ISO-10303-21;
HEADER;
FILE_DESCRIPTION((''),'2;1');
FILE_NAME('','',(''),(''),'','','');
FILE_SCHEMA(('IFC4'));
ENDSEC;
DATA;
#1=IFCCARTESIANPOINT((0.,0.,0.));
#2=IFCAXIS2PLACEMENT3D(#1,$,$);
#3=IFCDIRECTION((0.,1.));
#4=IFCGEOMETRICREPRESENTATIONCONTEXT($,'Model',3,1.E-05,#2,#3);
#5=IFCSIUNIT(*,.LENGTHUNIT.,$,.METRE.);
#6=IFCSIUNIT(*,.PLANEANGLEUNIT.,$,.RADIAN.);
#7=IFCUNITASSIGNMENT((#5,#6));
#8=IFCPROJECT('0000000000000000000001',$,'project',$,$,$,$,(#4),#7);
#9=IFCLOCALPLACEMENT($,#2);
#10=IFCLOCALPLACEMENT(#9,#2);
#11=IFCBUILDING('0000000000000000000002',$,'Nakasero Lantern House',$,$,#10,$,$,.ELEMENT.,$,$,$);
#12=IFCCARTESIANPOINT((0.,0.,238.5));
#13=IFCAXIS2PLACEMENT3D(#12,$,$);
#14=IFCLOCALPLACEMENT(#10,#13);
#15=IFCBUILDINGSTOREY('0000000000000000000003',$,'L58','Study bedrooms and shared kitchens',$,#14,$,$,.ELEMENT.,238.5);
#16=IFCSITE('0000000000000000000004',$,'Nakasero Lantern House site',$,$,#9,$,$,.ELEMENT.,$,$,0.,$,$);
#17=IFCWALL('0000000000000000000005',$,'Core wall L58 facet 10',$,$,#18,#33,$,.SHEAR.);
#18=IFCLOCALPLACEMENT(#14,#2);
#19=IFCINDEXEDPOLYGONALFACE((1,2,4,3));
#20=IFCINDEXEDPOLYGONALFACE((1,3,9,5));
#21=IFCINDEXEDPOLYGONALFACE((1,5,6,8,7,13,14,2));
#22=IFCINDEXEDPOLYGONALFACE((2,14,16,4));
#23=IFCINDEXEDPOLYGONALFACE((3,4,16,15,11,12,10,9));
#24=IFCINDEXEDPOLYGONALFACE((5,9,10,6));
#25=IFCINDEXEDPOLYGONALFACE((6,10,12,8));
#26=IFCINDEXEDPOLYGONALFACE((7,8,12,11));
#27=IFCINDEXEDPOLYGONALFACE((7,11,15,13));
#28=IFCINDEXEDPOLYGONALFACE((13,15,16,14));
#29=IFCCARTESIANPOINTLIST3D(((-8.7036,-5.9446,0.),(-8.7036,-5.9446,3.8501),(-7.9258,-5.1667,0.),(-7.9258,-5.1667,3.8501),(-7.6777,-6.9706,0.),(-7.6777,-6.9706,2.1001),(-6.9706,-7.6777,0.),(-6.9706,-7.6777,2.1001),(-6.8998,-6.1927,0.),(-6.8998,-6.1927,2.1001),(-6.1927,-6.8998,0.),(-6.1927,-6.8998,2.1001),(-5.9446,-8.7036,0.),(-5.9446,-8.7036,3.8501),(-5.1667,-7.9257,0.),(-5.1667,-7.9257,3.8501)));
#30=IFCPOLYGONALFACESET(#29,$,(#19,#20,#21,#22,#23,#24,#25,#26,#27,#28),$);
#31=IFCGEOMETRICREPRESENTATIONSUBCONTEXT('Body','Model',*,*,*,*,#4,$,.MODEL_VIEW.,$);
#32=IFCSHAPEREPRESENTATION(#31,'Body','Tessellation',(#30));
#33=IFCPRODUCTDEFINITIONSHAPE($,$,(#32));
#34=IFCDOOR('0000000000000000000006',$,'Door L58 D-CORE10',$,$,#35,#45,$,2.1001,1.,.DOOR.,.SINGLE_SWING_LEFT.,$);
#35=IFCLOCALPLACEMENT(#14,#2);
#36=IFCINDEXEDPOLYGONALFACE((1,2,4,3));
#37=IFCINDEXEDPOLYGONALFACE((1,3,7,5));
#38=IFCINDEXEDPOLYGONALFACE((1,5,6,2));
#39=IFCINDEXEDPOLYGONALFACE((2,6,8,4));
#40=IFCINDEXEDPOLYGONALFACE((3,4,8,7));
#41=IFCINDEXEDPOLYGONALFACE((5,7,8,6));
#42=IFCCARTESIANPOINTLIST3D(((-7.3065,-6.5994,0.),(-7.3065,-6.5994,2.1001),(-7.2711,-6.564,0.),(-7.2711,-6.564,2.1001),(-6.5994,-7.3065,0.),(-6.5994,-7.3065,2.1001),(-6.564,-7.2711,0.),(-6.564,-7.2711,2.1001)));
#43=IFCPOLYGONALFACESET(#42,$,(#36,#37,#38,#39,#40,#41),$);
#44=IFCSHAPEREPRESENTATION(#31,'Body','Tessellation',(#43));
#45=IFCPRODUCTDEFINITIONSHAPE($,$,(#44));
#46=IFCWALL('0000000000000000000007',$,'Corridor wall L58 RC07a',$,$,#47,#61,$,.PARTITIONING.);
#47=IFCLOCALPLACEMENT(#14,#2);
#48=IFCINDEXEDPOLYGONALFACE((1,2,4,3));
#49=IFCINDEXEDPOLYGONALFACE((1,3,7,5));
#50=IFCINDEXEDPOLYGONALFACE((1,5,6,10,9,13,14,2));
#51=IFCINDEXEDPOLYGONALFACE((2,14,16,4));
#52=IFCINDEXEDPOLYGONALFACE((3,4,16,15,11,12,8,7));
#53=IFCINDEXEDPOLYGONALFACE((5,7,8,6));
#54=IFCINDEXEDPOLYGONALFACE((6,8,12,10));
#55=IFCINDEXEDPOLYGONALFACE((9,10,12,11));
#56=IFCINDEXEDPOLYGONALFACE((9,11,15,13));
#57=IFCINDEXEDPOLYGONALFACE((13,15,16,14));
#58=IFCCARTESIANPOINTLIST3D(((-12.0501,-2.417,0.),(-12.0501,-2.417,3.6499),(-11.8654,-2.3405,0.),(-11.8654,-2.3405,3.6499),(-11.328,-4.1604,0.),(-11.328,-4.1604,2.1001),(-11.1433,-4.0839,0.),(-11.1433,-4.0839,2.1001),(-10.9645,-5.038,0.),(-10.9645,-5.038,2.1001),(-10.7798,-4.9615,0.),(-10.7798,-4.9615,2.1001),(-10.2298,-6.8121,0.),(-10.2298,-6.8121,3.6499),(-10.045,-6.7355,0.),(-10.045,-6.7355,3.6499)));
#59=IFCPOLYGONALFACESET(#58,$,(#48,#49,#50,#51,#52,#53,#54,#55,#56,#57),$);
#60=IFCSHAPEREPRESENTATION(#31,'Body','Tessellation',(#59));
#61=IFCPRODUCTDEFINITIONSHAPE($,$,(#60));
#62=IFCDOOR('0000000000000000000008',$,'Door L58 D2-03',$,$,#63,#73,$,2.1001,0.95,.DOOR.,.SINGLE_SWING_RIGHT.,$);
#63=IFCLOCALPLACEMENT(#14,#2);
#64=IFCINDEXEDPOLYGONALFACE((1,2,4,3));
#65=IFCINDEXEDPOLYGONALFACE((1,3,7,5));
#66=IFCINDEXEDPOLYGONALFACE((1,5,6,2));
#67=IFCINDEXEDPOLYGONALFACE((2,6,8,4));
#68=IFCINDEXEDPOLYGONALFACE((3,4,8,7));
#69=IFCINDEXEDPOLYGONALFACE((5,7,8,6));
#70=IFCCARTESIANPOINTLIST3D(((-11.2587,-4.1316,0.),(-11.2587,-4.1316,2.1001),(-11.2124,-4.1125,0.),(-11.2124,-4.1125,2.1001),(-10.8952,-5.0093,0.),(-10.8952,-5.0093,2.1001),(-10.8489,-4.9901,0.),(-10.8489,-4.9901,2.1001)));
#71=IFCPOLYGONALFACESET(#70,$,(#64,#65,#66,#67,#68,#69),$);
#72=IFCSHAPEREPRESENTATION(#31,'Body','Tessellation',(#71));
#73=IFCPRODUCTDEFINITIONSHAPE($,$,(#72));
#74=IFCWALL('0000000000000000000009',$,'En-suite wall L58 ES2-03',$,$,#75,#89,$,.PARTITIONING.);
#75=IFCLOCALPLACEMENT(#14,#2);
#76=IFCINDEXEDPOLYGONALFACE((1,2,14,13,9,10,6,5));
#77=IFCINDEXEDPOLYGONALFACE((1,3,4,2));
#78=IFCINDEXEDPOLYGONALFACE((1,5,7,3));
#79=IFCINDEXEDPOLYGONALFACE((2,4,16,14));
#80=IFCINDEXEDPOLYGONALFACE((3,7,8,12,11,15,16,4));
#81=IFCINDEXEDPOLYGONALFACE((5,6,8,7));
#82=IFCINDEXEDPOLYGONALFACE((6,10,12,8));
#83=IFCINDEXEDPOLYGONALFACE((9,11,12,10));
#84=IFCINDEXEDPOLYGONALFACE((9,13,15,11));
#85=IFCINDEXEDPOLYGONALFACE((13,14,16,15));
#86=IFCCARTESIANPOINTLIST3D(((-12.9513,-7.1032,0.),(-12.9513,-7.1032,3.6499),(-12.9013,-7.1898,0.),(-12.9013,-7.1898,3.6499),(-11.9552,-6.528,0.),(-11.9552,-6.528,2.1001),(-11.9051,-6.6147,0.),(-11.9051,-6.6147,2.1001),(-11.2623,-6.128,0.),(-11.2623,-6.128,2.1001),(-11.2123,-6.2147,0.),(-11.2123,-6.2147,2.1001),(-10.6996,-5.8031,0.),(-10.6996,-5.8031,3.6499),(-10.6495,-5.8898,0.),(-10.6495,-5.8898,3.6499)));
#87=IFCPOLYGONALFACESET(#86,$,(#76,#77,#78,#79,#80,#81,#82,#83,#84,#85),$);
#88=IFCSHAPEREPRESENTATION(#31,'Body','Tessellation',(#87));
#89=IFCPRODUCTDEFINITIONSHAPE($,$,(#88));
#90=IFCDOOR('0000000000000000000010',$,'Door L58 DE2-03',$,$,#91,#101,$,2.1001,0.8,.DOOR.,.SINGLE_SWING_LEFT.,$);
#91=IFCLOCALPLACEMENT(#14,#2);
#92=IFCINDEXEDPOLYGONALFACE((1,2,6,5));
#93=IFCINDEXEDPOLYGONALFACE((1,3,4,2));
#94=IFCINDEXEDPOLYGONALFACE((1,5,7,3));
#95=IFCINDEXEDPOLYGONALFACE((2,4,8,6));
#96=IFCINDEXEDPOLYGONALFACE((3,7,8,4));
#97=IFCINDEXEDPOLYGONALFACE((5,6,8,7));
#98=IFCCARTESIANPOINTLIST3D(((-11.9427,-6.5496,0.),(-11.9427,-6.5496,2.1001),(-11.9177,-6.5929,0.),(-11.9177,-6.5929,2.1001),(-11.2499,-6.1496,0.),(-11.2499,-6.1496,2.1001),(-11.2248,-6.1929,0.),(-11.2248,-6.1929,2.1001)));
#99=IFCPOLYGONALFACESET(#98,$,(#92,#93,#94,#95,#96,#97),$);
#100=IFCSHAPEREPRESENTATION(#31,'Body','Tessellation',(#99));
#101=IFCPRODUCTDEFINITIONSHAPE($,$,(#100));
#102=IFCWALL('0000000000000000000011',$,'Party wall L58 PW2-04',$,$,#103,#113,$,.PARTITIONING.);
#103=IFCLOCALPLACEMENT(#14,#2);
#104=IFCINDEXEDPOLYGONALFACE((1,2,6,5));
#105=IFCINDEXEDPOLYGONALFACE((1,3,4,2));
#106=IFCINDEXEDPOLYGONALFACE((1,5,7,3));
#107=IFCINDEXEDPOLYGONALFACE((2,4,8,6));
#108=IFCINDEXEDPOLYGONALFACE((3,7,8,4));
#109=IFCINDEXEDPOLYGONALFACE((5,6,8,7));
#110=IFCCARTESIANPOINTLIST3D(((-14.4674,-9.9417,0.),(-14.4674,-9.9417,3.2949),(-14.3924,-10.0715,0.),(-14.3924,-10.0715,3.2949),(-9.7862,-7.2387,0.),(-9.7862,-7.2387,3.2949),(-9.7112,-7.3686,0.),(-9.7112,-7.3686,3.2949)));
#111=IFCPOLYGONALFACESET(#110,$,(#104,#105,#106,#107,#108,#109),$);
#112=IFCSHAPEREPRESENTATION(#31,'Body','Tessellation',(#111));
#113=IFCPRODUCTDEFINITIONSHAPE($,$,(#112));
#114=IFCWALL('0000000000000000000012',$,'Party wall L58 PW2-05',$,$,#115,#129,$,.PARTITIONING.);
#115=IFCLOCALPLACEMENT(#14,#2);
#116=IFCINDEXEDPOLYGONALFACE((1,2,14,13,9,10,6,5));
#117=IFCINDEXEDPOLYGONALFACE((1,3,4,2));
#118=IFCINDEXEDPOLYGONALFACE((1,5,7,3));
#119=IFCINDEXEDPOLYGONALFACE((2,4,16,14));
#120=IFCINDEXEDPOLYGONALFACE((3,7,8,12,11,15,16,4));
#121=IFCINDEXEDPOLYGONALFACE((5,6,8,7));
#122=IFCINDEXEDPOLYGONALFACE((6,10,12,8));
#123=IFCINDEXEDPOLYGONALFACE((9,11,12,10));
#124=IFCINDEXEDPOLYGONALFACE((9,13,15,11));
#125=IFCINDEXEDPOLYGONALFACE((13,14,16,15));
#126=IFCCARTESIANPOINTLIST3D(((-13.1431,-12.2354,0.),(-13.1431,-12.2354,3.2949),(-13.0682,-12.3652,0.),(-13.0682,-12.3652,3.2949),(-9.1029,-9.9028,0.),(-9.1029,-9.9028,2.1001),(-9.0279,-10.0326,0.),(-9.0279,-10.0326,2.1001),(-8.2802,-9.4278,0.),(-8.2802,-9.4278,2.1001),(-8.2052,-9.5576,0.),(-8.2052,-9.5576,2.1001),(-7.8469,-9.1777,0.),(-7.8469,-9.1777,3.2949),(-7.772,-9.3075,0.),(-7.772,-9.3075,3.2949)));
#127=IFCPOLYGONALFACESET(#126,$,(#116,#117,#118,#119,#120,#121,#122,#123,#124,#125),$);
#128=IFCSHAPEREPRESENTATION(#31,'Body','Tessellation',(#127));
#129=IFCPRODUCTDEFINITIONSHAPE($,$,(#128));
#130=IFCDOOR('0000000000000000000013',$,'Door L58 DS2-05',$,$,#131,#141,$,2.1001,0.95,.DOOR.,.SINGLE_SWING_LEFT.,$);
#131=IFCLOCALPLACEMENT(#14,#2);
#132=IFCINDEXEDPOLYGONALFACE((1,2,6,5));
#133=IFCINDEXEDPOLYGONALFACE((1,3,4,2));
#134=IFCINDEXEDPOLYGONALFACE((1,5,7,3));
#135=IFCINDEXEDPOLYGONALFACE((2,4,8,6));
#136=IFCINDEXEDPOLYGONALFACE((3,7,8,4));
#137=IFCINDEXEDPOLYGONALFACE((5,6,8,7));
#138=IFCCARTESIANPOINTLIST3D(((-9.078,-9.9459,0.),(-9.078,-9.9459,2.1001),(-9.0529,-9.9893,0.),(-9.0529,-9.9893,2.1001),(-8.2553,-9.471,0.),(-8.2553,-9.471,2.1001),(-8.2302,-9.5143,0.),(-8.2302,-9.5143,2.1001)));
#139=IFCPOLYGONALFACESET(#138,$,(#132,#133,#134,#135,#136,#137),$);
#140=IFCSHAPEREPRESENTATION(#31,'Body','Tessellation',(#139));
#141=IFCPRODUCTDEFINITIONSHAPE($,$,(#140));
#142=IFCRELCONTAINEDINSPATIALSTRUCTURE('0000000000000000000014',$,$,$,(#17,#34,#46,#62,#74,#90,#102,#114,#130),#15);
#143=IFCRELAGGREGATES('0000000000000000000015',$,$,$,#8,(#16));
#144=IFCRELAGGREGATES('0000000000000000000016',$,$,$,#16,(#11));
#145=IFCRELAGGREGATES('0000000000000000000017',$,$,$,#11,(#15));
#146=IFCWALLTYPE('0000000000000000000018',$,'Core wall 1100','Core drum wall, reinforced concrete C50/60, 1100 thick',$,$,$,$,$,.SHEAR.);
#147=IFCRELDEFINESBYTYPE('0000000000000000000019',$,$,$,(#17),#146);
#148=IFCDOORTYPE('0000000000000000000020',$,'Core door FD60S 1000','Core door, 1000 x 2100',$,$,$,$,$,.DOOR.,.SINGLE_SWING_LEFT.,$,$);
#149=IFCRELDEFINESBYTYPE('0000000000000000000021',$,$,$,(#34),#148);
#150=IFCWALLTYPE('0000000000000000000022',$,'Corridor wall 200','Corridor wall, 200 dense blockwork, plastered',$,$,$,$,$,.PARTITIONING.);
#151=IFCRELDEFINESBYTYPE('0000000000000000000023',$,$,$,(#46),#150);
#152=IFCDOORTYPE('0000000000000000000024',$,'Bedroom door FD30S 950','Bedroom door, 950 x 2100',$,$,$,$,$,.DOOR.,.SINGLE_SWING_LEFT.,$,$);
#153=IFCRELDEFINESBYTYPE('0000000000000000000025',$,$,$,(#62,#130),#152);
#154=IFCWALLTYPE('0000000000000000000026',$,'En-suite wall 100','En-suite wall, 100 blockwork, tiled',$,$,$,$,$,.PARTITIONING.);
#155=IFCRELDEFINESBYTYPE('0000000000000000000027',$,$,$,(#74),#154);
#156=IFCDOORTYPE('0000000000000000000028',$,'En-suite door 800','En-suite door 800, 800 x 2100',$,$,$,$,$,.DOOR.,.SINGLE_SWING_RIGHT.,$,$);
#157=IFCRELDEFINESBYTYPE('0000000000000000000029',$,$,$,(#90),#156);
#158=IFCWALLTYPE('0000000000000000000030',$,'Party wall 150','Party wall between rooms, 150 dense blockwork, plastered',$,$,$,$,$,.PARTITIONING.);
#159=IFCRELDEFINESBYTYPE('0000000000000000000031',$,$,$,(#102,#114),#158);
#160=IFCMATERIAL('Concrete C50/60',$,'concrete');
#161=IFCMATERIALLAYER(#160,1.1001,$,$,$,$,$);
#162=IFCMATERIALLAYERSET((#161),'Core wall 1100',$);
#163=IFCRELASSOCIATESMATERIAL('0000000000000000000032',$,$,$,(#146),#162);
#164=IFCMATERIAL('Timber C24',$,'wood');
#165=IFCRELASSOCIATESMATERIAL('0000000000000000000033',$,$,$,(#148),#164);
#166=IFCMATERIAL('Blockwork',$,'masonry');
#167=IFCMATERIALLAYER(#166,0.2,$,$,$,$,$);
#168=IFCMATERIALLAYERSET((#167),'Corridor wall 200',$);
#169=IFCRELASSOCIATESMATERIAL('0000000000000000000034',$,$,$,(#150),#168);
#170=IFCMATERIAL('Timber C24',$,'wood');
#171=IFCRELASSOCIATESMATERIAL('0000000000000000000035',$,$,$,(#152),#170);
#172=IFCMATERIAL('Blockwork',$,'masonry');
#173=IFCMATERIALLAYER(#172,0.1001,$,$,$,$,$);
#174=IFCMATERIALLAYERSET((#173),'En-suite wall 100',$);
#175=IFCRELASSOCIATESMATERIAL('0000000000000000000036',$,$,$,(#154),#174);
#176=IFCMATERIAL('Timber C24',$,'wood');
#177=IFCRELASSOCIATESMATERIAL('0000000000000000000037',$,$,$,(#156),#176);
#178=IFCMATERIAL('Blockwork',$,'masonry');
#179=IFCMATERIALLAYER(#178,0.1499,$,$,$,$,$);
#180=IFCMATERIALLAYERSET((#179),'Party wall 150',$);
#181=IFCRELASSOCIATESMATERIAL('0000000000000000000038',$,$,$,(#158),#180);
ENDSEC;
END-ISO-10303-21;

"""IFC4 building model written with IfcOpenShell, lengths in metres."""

from ifc_helpers import new_model, si_unit, direction, frame, frame_2d, origin, place, context, subcontext, project, spatial, rectangle, extrude, material, layer, layer_set, type_object, element, fill, save


model = new_model("IFC4")

# Units and contexts
model_context = context("Model", 3, precision=1e-05, world=origin(), true_north=direction((0.0, 1.0)))
body_context = subcontext(model_context, "Body", "Model", "MODEL_VIEW")
ifc_project = project(units=[si_unit("LENGTHUNIT", "METRE"), si_unit("PLANEANGLEUNIT", "RADIAN")], contexts=[model_context])

# Site, building, storey
site_placement = place(None, origin())
site = spatial("IfcSite", under=ifc_project, at=site_placement, Name="Nakasero Lantern House site", CompositionType="ELEMENT", RefElevation=0.0)
building_placement = place(site_placement, origin())
building = spatial("IfcBuilding", under=site, at=building_placement, Name="Nakasero Lantern House", CompositionType="ELEMENT")
storey_placement = place(building_placement, frame((0.0, 0.0, 238.5)))
storey = spatial("IfcBuildingStorey", under=building, at=storey_placement, Name="L58", Description="Study bedrooms and shared kitchens", CompositionType="ELEMENT", Elevation=238.5)

# Shared definitions
ifc_material_1 = material(Name="Concrete C50/60", Category="concrete")
ifc_layer_1 = layer(ifc_material_1, 1.1001)
ifc_layer_set_1 = layer_set([ifc_layer_1], Name="Core wall 1100")
wall_type_1 = type_object("IfcWallType", Name="Core wall 1100", Description="Core drum wall, reinforced concrete C50/60, 1100 thick", PredefinedType="SHEAR", material=ifc_layer_set_1)

# Walls, openings, doors
wall_1_placement = place(storey_placement, frame((-8.3147, -5.5557, 0.0), z_axis=(0.0, 0.0, 1.0), x_axis=(0.707107, -0.707107, 0.0)))
wall_1 = element("IfcWall", 1, at=wall_1_placement, inside=storey, type_object=wall_type_1, Name="Core wall L58 facet 10", PredefinedType="SHEAR", context=body_context, shape_type="SweptSolid", body=[
    extrude(rectangle(XDim=3.9019, YDim=1.1001, at=frame_2d((1.9509, 0.0))), origin(), (0.0, 0.0, 1.0), 3.8501),
])
opening_1_placement = place(wall_1_placement, frame((1.4509, 0.0, 0.0)))
opening_1 = element("IfcOpeningElement", 2, at=opening_1_placement, cuts=wall_1, PredefinedType="OPENING", context=body_context, shape_type="SweptSolid", body=[
    extrude(rectangle(XDim=1.0, YDim=2.1001, at=frame_2d((0.5, 1.05))), frame((0.0, 0.5701, 0.0), z_axis=(0.0, -1.0, 0.0), x_axis=(1.0, 0.0, 0.0)), (0.0, 0.0, 1.0), 1.1401),
])
ifc_material_2 = material(Name="Timber C24", Category="wood")
door_type_1 = type_object("IfcDoorType", Name="Core door FD60S 1000", Description="Core door, 1000 x 2100", OperationType="SINGLE_SWING_LEFT", PredefinedType="DOOR", material=ifc_material_2)
door_1_placement = place(opening_1_placement, origin())
door_1 = element("IfcDoor", 3, at=door_1_placement, inside=storey, type_object=door_type_1, Name="Door L58 D-CORE10", OperationType="SINGLE_SWING_LEFT", OverallHeight=2.1001, OverallWidth=1.0, PredefinedType="DOOR", context=body_context, shape_type="SweptSolid", body=[
    extrude(rectangle(XDim=1.0, YDim=2.1001, at=frame_2d((0.5, 1.05))), frame((0.0, 0.0249, 0.0), z_axis=(0.0, -1.0, 0.0), x_axis=(1.0, 0.0, 0.0)), (0.0, 0.0, 1.0), 0.05),
])
fill(opening_1, door_1)
ifc_material_3 = material(Name="Blockwork", Category="masonry")
ifc_layer_2 = layer(ifc_material_3, 0.2)
ifc_layer_set_2 = layer_set([ifc_layer_2], Name="Corridor wall 200")
wall_type_2 = type_object("IfcWallType", Name="Corridor wall 200", Description="Corridor wall, 200 dense blockwork, plastered", PredefinedType="PARTITIONING", material=ifc_layer_set_2)
wall_2_placement = place(storey_placement, frame((-10.1375, -6.7737, 0.0), z_axis=(0.0, 0.0, 1.0), x_axis=(-0.382654, 0.923892, 0.0)))
wall_2 = element("IfcWall", 4, at=wall_2_placement, inside=storey, type_object=wall_type_2, Name="Corridor wall L58 RC07a", PredefinedType="PARTITIONING", context=body_context, shape_type="SweptSolid", body=[
    extrude(rectangle(XDim=4.7571, YDim=0.2, at=frame_2d((2.3784, 0.0))), origin(), (0.0, 0.0, 1.0), 3.6499),
])
opening_2_placement = place(wall_2_placement, frame((1.9199, 0.0, 0.0)))
opening_2 = element("IfcOpeningElement", 5, at=opening_2_placement, cuts=wall_2, PredefinedType="OPENING", context=body_context, shape_type="SweptSolid", body=[
    extrude(rectangle(XDim=0.95, YDim=2.1001, at=frame_2d((0.4751, 1.05))), frame((0.0, 0.1199, 0.0), z_axis=(0.0, -1.0, 0.0), x_axis=(1.0, 0.0, 0.0)), (0.0, 0.0, 1.0), 0.24),
])
ifc_material_4 = material(Name="Timber C24", Category="wood")
door_type_2 = type_object("IfcDoorType", Name="Bedroom door FD30S 950", Description="Bedroom door, 950 x 2100", OperationType="SINGLE_SWING_LEFT", PredefinedType="DOOR", material=ifc_material_4)
door_2_placement = place(opening_2_placement, origin())
door_2 = element("IfcDoor", 6, at=door_2_placement, inside=storey, type_object=door_type_2, Name="Door L58 D2-03", OperationType="SINGLE_SWING_RIGHT", OverallHeight=2.1001, OverallWidth=0.95, PredefinedType="DOOR", context=body_context, shape_type="SweptSolid", body=[
    extrude(rectangle(XDim=0.95, YDim=2.1001, at=frame_2d((0.4751, 1.05))), frame((0.0, 0.0249, 0.0), z_axis=(0.0, -1.0, 0.0), x_axis=(1.0, 0.0, 0.0)), (0.0, 0.0, 1.0), 0.05),
])
fill(opening_2, door_2)
ifc_material_5 = material(Name="Blockwork", Category="masonry")
ifc_layer_3 = layer(ifc_material_5, 0.1001)
ifc_layer_set_3 = layer_set([ifc_layer_3], Name="En-suite wall 100")
wall_type_3 = type_object("IfcWallType", Name="En-suite wall 100", Description="En-suite wall, 100 blockwork, tiled", PredefinedType="PARTITIONING", material=ifc_layer_set_3)
wall_3_placement = place(storey_placement, frame((-10.6746, -5.8464, 0.0), z_axis=(0.0, 0.0, 1.0), x_axis=(-0.866021, -0.500007, 0.0)))
wall_3 = element("IfcWall", 7, at=wall_3_placement, inside=storey, type_object=wall_type_3, Name="En-suite wall L58 ES2-03", PredefinedType="PARTITIONING", context=body_context, shape_type="SweptSolid", body=[
    extrude(rectangle(XDim=2.6001, YDim=0.1001, at=frame_2d((1.3, 0.0))), origin(), (0.0, 0.0, 1.0), 3.6499),
])
opening_3_placement = place(wall_3_placement, frame((0.6499, 0.0, 0.0)))
opening_3 = element("IfcOpeningElement", 8, at=opening_3_placement, cuts=wall_3, PredefinedType="OPENING", context=body_context, shape_type="SweptSolid", body=[
    extrude(rectangle(XDim=0.8, YDim=2.1001, at=frame_2d((0.3999, 1.05))), frame((0.0, 0.0701, 0.0), z_axis=(0.0, -1.0, 0.0), x_axis=(1.0, 0.0, 0.0)), (0.0, 0.0, 1.0), 0.1401),
])
ifc_material_6 = material(Name="Timber C24", Category="wood")
door_type_3 = type_object("IfcDoorType", Name="En-suite door 800", Description="En-suite door 800, 800 x 2100", OperationType="SINGLE_SWING_RIGHT", PredefinedType="DOOR", material=ifc_material_6)
door_3_placement = place(opening_3_placement, origin())
door_3 = element("IfcDoor", 9, at=door_3_placement, inside=storey, type_object=door_type_3, Name="Door L58 DE2-03", OperationType="SINGLE_SWING_LEFT", OverallHeight=2.1001, OverallWidth=0.8, PredefinedType="DOOR", context=body_context, shape_type="SweptSolid", body=[
    extrude(rectangle(XDim=0.8, YDim=2.1001, at=frame_2d((0.3999, 1.05))), frame((0.0, 0.0249, 0.0), z_axis=(0.0, -1.0, 0.0), x_axis=(1.0, 0.0, 0.0)), (0.0, 0.0, 1.0), 0.05),
])
fill(opening_3, door_3)

# Wall
ifc_material_7 = material(Name="Blockwork", Category="masonry")
ifc_layer_4 = layer(ifc_material_7, 0.1499)
ifc_layer_set_4 = layer_set([ifc_layer_4], Name="Party wall 150")
wall_type_4 = type_object("IfcWallType", Name="Party wall 150", Description="Party wall between rooms, 150 dense blockwork, plastered", PredefinedType="PARTITIONING", material=ifc_layer_set_4)
wall_4_placement = place(storey_placement, frame((-9.7488, -7.3037, 0.0), z_axis=(0.0, 0.0, 1.0), x_axis=(-0.866008, -0.50003, 0.0)))
element("IfcWall", 10, at=wall_4_placement, inside=storey, type_object=wall_type_4, Name="Party wall L58 PW2-04", PredefinedType="PARTITIONING", context=body_context, shape_type="SweptSolid", body=[
    extrude(rectangle(XDim=5.4055, YDim=0.1499, at=frame_2d((2.7026, 0.0))), origin(), (0.0, 0.0, 1.0), 3.2949),
])

# Wall, opening, door
wall_5_placement = place(storey_placement, frame((-7.8096, -9.2427, 0.0), z_axis=(0.0, 0.0, 1.0), x_axis=(-0.866033, -0.499986, 0.0)))
wall_5 = element("IfcWall", 11, at=wall_5_placement, inside=storey, type_object=wall_type_4, Name="Party wall L58 PW2-05", PredefinedType="PARTITIONING", context=body_context, shape_type="SweptSolid", body=[
    extrude(rectangle(XDim=6.1155, YDim=0.1499, at=frame_2d((3.0576, 0.0))), origin(), (0.0, 0.0, 1.0), 3.2949),
])
opening_4_placement = place(wall_5_placement, frame((0.5, 0.0, 0.0)))
opening_4 = element("IfcOpeningElement", 12, at=opening_4_placement, cuts=wall_5, PredefinedType="OPENING", context=body_context, shape_type="SweptSolid", body=[
    extrude(rectangle(XDim=0.95, YDim=2.1001, at=frame_2d((0.4751, 1.05))), frame((0.0, 0.095, 0.0), z_axis=(0.0, -1.0, 0.0), x_axis=(1.0, 0.0, 0.0)), (0.0, 0.0, 1.0), 0.1899),
])
door_4_placement = place(opening_4_placement, origin())
door_4 = element("IfcDoor", 13, at=door_4_placement, inside=storey, type_object=door_type_2, Name="Door L58 DS2-05", OperationType="SINGLE_SWING_LEFT", OverallHeight=2.1001, OverallWidth=0.95, PredefinedType="DOOR", context=body_context, shape_type="SweptSolid", body=[
    extrude(rectangle(XDim=0.95, YDim=2.1001, at=frame_2d((0.4751, 1.05))), frame((0.0, 0.0249, 0.0), z_axis=(0.0, -1.0, 0.0), x_axis=(1.0, 0.0, 0.0)), (0.0, 0.0, 1.0), 0.05),
])
fill(opening_4, door_4)

save(model, "model.ifc")
